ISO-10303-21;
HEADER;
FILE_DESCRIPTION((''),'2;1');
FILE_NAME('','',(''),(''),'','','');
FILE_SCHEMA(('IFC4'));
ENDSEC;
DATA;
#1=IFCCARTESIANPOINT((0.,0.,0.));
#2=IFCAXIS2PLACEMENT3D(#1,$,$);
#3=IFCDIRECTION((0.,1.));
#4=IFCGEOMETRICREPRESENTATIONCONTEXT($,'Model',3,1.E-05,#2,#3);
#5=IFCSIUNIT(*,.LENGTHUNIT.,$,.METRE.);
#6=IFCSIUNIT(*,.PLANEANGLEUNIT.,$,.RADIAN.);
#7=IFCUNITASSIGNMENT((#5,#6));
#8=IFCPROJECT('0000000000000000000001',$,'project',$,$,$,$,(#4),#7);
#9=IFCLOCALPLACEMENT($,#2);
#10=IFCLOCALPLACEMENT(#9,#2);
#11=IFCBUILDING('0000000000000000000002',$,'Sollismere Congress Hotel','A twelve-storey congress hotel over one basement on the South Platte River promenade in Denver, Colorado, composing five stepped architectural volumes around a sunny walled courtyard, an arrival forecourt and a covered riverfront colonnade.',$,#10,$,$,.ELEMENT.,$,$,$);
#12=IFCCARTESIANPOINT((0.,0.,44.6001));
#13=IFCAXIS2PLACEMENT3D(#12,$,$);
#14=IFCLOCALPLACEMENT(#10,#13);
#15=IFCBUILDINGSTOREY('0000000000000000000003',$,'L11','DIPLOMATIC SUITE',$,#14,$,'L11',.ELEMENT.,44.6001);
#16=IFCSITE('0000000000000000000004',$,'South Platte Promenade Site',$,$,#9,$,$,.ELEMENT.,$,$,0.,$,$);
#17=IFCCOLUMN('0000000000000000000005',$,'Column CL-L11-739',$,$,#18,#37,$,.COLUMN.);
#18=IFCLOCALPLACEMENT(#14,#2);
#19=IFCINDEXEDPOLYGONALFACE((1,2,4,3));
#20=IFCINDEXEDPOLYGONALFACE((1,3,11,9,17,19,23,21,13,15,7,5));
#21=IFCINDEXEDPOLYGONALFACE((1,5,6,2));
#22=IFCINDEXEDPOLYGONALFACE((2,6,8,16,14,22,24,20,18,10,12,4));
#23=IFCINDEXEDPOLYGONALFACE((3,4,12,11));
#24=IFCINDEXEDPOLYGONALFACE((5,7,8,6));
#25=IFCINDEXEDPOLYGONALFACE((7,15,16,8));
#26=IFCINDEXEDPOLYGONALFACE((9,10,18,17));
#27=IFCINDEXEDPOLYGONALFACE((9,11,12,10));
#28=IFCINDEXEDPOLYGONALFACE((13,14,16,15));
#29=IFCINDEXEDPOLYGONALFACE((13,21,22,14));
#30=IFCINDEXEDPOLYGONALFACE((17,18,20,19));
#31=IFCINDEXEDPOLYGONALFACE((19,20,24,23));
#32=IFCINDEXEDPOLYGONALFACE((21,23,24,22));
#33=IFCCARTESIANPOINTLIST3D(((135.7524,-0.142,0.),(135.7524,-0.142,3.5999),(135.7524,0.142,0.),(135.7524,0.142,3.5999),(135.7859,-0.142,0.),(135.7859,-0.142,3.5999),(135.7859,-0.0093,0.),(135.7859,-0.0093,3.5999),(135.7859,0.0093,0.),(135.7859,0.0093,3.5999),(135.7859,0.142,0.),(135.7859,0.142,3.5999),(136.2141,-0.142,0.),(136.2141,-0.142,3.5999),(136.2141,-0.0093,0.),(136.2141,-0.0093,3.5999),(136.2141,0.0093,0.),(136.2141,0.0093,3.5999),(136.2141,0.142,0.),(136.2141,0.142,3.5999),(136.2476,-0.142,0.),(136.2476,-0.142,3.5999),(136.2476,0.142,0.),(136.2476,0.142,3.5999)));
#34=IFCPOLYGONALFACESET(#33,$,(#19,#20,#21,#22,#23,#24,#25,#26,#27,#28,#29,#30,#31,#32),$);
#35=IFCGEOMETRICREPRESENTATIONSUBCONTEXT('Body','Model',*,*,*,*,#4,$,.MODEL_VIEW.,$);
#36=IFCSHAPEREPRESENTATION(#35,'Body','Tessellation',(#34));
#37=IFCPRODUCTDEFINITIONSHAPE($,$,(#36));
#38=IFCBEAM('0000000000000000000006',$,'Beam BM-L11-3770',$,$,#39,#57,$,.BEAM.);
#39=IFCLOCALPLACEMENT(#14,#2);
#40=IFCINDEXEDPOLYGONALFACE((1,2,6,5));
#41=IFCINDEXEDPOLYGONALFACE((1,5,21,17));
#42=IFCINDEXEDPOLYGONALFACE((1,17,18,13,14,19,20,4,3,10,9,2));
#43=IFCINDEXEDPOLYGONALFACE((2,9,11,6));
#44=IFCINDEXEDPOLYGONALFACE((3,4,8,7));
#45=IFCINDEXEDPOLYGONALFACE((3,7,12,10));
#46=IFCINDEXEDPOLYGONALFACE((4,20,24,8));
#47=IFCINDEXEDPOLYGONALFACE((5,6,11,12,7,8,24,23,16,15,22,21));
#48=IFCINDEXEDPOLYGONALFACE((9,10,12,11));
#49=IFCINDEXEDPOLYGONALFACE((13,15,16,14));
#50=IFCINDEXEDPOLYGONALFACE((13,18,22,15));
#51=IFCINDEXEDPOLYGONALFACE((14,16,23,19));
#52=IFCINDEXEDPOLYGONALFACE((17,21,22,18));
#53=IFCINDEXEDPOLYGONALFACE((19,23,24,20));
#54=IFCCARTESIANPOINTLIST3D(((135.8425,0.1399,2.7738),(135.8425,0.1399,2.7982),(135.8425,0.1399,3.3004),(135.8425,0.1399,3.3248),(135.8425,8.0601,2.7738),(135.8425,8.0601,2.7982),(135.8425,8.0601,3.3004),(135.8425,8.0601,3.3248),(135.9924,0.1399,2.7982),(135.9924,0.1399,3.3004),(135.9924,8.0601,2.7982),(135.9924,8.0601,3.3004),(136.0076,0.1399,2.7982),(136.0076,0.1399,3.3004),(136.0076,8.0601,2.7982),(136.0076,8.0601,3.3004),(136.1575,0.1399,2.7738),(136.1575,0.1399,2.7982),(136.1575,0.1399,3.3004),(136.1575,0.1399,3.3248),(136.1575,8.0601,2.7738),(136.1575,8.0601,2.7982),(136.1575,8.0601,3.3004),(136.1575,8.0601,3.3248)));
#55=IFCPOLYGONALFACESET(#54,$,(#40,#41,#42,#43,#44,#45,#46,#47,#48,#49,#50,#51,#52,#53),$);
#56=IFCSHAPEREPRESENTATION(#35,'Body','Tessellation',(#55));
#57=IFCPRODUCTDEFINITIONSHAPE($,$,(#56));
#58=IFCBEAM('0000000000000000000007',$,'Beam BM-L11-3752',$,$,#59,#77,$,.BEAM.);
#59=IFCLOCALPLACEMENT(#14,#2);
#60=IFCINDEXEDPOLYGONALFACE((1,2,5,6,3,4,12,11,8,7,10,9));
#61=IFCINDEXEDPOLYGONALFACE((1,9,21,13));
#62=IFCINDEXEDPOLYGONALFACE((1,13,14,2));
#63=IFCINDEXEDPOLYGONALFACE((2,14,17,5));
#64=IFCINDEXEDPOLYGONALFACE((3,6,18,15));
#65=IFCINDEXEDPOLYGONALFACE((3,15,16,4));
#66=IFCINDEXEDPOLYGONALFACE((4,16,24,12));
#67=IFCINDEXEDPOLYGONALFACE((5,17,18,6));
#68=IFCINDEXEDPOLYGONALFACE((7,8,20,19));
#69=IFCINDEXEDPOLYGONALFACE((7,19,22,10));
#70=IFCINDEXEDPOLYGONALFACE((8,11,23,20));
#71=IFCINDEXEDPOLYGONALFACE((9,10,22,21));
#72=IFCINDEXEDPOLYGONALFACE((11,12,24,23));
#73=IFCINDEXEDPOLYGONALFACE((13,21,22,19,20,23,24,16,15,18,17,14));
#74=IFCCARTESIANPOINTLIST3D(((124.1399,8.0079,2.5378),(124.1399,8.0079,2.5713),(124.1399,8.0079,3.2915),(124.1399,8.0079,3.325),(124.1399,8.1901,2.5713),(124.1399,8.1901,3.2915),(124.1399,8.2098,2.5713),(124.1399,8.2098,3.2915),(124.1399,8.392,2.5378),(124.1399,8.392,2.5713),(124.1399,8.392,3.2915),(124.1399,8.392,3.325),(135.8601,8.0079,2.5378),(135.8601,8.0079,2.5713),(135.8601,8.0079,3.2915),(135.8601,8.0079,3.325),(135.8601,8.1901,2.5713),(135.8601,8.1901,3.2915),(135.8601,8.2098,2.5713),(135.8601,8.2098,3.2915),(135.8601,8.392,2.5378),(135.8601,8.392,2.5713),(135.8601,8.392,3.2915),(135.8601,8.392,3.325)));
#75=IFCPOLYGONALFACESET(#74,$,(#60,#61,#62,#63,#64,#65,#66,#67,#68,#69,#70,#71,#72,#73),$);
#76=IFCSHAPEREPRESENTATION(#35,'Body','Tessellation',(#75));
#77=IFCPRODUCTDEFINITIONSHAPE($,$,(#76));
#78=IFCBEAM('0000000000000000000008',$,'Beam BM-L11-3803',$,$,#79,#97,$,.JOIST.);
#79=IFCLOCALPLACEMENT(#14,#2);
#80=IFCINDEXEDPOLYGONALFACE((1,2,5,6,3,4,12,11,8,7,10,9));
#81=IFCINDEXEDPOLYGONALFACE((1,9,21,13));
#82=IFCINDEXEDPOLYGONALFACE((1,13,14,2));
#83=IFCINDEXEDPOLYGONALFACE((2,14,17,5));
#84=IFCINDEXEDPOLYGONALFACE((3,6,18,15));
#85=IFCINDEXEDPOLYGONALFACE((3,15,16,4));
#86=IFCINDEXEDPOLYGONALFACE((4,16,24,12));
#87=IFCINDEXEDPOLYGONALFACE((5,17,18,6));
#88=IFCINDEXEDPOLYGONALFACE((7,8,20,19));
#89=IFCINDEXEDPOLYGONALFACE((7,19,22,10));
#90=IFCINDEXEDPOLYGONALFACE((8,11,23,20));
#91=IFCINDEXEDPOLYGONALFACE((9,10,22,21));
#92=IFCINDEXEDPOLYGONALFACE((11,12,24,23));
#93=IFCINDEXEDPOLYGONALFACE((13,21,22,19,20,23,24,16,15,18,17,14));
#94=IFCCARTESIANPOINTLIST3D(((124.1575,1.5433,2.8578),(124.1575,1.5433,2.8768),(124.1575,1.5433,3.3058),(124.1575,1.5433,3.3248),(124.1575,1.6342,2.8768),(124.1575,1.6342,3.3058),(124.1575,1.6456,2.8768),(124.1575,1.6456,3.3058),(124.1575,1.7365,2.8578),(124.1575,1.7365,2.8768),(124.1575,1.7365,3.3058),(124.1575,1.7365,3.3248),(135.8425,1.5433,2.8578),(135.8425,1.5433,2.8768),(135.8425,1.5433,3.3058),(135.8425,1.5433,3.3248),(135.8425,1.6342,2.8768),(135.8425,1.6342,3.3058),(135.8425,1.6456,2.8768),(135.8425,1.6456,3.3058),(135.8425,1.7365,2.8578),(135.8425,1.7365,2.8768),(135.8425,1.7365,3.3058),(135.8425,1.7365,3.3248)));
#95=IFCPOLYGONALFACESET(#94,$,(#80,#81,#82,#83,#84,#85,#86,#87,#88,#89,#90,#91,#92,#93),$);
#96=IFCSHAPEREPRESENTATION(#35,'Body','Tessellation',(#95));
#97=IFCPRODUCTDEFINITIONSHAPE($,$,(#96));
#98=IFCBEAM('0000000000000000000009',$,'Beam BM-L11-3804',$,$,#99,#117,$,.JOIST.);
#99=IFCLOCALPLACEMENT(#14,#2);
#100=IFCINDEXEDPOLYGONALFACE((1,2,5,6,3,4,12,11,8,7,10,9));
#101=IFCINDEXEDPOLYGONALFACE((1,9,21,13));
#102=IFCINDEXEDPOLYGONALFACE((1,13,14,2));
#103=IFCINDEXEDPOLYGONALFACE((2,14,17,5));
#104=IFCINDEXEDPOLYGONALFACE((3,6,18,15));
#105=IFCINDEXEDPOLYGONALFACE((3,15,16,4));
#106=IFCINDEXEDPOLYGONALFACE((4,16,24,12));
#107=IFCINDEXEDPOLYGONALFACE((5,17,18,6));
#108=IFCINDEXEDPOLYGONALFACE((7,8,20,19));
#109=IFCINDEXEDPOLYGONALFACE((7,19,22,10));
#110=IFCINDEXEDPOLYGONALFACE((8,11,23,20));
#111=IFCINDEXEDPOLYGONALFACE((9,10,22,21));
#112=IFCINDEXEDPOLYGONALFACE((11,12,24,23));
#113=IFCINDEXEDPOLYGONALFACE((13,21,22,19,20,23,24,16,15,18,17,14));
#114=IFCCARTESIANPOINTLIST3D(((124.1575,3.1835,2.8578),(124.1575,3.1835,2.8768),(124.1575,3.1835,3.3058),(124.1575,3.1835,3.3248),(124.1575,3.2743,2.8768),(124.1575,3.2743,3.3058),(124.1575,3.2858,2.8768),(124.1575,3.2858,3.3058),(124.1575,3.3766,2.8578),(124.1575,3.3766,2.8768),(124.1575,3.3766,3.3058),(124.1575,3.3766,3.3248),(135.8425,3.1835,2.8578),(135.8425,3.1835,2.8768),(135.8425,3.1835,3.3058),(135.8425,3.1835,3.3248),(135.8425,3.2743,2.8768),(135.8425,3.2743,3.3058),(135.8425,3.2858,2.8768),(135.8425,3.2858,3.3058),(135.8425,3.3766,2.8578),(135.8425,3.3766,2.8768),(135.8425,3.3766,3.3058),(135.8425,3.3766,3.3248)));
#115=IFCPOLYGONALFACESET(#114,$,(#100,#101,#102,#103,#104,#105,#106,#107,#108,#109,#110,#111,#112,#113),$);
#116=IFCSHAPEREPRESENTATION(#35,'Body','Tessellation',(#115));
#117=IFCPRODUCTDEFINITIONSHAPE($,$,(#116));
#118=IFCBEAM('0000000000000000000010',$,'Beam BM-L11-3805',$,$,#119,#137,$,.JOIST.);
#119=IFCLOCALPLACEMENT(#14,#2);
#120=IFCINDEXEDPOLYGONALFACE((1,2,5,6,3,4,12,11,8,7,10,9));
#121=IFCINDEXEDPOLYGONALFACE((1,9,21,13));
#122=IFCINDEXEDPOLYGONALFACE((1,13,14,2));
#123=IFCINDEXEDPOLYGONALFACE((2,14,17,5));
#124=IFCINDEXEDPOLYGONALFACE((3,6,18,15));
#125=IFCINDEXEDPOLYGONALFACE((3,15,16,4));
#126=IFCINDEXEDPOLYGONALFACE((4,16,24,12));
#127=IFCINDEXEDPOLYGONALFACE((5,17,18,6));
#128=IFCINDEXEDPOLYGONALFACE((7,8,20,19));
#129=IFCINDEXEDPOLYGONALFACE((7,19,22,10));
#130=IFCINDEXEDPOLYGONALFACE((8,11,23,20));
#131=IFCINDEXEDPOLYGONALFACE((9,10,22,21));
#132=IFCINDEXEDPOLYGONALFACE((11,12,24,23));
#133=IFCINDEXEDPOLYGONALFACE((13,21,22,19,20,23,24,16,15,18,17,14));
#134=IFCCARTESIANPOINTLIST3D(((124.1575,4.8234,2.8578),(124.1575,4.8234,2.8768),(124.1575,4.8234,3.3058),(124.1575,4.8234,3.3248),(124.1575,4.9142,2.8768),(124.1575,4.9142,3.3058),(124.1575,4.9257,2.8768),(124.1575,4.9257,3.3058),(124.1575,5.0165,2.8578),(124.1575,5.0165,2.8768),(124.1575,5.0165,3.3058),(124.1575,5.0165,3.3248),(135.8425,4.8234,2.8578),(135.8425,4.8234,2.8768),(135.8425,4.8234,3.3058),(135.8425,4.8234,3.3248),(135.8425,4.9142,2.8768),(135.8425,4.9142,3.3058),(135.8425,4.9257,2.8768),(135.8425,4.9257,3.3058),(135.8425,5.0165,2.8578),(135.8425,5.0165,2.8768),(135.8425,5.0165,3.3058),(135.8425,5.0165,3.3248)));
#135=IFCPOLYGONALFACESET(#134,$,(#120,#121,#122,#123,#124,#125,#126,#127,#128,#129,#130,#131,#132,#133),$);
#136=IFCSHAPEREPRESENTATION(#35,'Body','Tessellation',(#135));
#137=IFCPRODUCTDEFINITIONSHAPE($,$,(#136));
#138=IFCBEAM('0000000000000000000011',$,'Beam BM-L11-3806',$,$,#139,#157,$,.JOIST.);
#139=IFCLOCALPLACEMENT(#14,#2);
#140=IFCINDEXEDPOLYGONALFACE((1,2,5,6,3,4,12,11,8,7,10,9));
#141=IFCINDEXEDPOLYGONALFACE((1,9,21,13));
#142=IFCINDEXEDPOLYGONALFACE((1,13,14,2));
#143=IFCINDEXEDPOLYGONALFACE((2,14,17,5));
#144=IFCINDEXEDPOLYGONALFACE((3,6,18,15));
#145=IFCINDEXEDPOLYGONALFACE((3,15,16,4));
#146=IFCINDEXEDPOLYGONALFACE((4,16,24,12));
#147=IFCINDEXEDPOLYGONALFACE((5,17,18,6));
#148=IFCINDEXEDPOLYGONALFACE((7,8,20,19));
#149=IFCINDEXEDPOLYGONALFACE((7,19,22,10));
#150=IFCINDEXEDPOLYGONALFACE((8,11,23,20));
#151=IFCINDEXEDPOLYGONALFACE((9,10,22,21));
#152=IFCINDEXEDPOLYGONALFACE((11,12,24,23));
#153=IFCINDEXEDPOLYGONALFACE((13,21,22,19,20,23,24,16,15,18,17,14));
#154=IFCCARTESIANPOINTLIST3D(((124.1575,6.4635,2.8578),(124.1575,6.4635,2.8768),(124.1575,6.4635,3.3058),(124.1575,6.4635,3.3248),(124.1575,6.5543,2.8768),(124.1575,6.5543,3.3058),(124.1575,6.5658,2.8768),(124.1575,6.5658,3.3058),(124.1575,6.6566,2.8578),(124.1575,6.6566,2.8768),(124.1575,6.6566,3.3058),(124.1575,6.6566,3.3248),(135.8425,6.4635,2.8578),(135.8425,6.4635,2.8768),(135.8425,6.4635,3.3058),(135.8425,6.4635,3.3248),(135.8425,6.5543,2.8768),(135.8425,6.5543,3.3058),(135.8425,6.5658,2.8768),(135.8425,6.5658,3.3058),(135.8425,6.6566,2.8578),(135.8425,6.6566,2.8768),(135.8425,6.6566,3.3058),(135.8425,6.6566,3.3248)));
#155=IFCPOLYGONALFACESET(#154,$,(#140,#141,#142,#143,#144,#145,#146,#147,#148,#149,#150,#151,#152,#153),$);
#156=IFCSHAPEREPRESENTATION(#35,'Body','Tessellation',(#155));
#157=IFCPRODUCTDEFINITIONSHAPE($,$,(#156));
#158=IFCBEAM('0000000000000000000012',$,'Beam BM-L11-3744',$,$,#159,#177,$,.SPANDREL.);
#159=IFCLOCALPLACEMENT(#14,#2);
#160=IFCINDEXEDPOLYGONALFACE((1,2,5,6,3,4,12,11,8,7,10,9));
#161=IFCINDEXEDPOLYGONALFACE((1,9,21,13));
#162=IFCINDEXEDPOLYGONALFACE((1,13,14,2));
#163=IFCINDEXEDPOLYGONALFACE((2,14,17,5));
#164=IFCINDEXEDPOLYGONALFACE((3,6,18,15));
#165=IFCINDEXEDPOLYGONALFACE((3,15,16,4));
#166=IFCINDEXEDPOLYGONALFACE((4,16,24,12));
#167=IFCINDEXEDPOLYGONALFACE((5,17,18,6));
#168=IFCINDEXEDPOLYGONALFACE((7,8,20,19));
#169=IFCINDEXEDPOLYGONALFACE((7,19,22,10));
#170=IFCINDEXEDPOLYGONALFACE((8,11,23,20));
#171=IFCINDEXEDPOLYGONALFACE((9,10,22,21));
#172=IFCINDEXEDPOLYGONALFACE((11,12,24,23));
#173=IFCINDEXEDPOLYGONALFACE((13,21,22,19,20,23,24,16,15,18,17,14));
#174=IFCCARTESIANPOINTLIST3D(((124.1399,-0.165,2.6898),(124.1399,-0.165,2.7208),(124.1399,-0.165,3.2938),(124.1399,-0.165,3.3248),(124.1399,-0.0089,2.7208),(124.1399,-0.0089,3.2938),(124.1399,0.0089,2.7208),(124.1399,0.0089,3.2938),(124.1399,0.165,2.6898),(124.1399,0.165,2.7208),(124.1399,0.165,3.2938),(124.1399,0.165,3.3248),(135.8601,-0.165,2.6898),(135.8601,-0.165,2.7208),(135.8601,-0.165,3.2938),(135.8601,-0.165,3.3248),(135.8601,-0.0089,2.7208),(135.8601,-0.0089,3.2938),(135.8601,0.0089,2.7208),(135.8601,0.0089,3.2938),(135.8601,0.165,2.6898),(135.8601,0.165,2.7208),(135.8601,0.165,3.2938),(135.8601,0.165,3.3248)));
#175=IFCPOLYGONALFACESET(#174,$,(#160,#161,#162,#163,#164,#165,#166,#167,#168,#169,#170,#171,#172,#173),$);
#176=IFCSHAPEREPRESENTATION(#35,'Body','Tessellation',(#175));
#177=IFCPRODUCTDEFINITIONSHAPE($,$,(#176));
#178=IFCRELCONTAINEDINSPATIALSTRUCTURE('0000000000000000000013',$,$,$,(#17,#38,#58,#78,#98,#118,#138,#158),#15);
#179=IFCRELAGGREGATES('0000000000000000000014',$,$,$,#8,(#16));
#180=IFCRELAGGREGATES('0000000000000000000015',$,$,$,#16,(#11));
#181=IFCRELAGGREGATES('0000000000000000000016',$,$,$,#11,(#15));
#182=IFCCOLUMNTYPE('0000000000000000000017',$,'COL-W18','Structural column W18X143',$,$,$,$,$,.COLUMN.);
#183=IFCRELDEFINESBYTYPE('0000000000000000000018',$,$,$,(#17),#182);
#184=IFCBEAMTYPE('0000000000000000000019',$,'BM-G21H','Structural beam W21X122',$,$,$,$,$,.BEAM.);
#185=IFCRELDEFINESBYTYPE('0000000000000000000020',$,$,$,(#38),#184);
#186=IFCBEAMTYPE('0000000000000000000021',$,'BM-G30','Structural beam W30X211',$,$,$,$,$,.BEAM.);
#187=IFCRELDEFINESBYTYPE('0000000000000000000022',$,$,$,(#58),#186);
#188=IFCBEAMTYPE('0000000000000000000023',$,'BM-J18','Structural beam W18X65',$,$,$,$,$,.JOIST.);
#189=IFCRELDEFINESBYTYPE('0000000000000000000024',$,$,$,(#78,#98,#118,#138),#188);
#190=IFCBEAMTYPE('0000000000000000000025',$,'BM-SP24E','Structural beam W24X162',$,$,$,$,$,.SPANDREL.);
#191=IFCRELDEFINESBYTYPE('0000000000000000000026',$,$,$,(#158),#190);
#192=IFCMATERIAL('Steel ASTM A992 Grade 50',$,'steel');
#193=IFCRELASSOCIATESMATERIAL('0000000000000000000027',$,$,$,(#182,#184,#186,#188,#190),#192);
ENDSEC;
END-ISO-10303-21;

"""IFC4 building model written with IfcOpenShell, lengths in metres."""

from ifc_helpers import new_model, si_unit, direction, frame, origin, origin_2d, place, context, subcontext, project, spatial, i_section, extrude, material, material_profile, profile_set, type_object, element, save


model = new_model("IFC4")

# Units and contexts
model_context = context("Model", 3, precision=1e-05, world=origin(), true_north=direction((0.0, 1.0)))
body_context = subcontext(model_context, "Body", "Model", "MODEL_VIEW")
ifc_project = project(units=[si_unit("LENGTHUNIT", "METRE"), si_unit("PLANEANGLEUNIT", "RADIAN")], contexts=[model_context])

# Site, building, storey
site_placement = place(None, origin())
site = spatial("IfcSite", under=ifc_project, at=site_placement, Name="South Platte Promenade Site", CompositionType="ELEMENT", RefElevation=0.0)
building_placement = place(site_placement, origin())
building = spatial("IfcBuilding", under=site, at=building_placement, Name="Sollismere Congress Hotel", Description="A twelve-storey congress hotel over one basement on the South Platte River promenade in Denver, Colorado, composing five stepped architectural volumes around a sunny walled courtyard, an arrival forecourt and a covered riverfront colonnade.", CompositionType="ELEMENT")
storey_placement = place(building_placement, frame((0.0, 0.0, 44.6001)))
storey = spatial("IfcBuildingStorey", under=building, at=storey_placement, Name="L11", Description="DIPLOMATIC SUITE", LongName="L11", CompositionType="ELEMENT", Elevation=44.6001)

# Column
ifc_material_1 = material(Name="Steel ASTM A992 Grade 50", Category="steel")
ifc_material_profile_1 = material_profile(ifc_material_1, i_section(OverallWidth=0.2839, OverallDepth=0.4951, WebThickness=0.0186, FlangeThickness=0.0334, at=origin_2d()), Name="W18X143")
ifc_profile_set_1 = profile_set([ifc_material_profile_1], Name="Steel ASTM A992 Grade 50")
column_type = type_object("IfcColumnType", Name="COL-W18", Description="Structural column W18X143", PredefinedType="COLUMN", material=ifc_profile_set_1)
column_placement = place(storey_placement, frame((136.0, 0.0, 0.0), z_axis=(0.0, 0.0, 1.0), x_axis=(0.0, 1.0, 0.0)))
element("IfcColumn", 1, at=column_placement, inside=storey, type_object=column_type, Name="Column CL-L11-739", PredefinedType="COLUMN", context=body_context, shape_type="SweptSolid", body=[
    extrude(i_section(OverallWidth=0.2839, OverallDepth=0.4951, WebThickness=0.0186, FlangeThickness=0.0334, at=origin_2d()), origin(), (0.0, 0.0, 1.0), 3.5999),
])

# Beams
ifc_material_profile_2 = material_profile(ifc_material_1, i_section(OverallWidth=0.3149, OverallDepth=0.551, WebThickness=0.0151, FlangeThickness=0.0244, at=origin_2d()), Name="W21X122")
ifc_profile_set_2 = profile_set([ifc_material_profile_2], Name="Steel ASTM A992 Grade 50")
beam_type_1 = type_object("IfcBeamType", Name="BM-G21H", Description="Structural beam W21X122", PredefinedType="BEAM", material=ifc_profile_set_2)
beam_1_placement = place(storey_placement, frame((136.0, 0.1399, 3.0493), z_axis=(0.0, 1.0, 0.0), x_axis=(-1.0, 0.0, 0.0)))
element("IfcBeam", 2, at=beam_1_placement, inside=storey, type_object=beam_type_1, Name="Beam BM-L11-3770", PredefinedType="BEAM", context=body_context, shape_type="SweptSolid", body=[
    extrude(i_section(OverallWidth=0.3149, OverallDepth=0.551, WebThickness=0.0151, FlangeThickness=0.0244, at=origin_2d()), origin(), (0.0, 0.0, 1.0), 7.9202),
])
ifc_material_profile_3 = material_profile(ifc_material_1, i_section(OverallWidth=0.384, OverallDepth=0.7871, WebThickness=0.0198, FlangeThickness=0.0334, at=origin_2d()), Name="W30X211")
ifc_profile_set_3 = profile_set([ifc_material_profile_3], Name="Steel ASTM A992 Grade 50")
beam_type_2 = type_object("IfcBeamType", Name="BM-G30", Description="Structural beam W30X211", PredefinedType="BEAM", material=ifc_profile_set_3)
beam_2_placement = place(storey_placement, frame((124.1399, 8.2, 2.9314), z_axis=(1.0, 0.0, 0.0), x_axis=(0.0, 1.0, 0.0)))
element("IfcBeam", 3, at=beam_2_placement, inside=storey, type_object=beam_type_2, Name="Beam BM-L11-3752", PredefinedType="BEAM", context=body_context, shape_type="SweptSolid", body=[
    extrude(i_section(OverallWidth=0.384, OverallDepth=0.7871, WebThickness=0.0198, FlangeThickness=0.0334, at=origin_2d()), origin(), (0.0, 0.0, 1.0), 11.7202),
])
ifc_material_profile_4 = material_profile(ifc_material_1, i_section(OverallWidth=0.1931, OverallDepth=0.467, WebThickness=0.0115, FlangeThickness=0.019, at=origin_2d()), Name="W18X65")
ifc_profile_set_4 = profile_set([ifc_material_profile_4], Name="Steel ASTM A992 Grade 50")
beam_type_3 = type_object("IfcBeamType", Name="BM-J18", Description="Structural beam W18X65", PredefinedType="JOIST", material=ifc_profile_set_4)
for number, where, z_axis, x_axis, name in (
    (4, (124.1575, 1.6399, 3.0913), (1.0, 0.0, 0.0), (0.0, 1.0, 0.0), "Beam BM-L11-3803"),
    (5, (124.1575, 3.28, 3.0913), (1.0, 0.0, 0.0), (0.0, 1.0, 0.0), "Beam BM-L11-3804"),
    (6, (124.1575, 4.9199, 3.0913), (1.0, 0.0, 0.0), (0.0, 1.0, 0.0), "Beam BM-L11-3805"),
    (7, (124.1575, 6.5601, 3.0913), (1.0, 0.0, 0.0), (0.0, 1.0, 0.0), "Beam BM-L11-3806"),
):
    element("IfcBeam", number, at=place(storey_placement, frame(where, z_axis=z_axis, x_axis=x_axis)), inside=storey, type_object=beam_type_3, Name=name, PredefinedType="JOIST", context=body_context, shape_type="SweptSolid", body=[
        extrude(i_section(OverallWidth=0.1931, OverallDepth=0.467, WebThickness=0.0115, FlangeThickness=0.019, at=origin_2d()), origin(), (0.0, 0.0, 1.0), 11.6851),
    ])
ifc_material_profile_5 = material_profile(ifc_material_1, i_section(OverallWidth=0.3301, OverallDepth=0.635, WebThickness=0.0178, FlangeThickness=0.031, at=origin_2d()), Name="W24X162")
ifc_profile_set_5 = profile_set([ifc_material_profile_5], Name="Steel ASTM A992 Grade 50")
beam_type_4 = type_object("IfcBeamType", Name="BM-SP24E", Description="Structural beam W24X162", PredefinedType="SPANDREL", material=ifc_profile_set_5)
beam_3_placement = place(storey_placement, frame((124.1399, 0.0, 3.0073), z_axis=(1.0, 0.0, 0.0), x_axis=(0.0, 1.0, 0.0)))
element("IfcBeam", 8, at=beam_3_placement, inside=storey, type_object=beam_type_4, Name="Beam BM-L11-3744", PredefinedType="SPANDREL", context=body_context, shape_type="SweptSolid", body=[
    extrude(i_section(OverallWidth=0.3301, OverallDepth=0.635, WebThickness=0.0178, FlangeThickness=0.031, at=origin_2d()), origin(), (0.0, 0.0, 1.0), 11.7202),
])

save(model, "model.ifc")
